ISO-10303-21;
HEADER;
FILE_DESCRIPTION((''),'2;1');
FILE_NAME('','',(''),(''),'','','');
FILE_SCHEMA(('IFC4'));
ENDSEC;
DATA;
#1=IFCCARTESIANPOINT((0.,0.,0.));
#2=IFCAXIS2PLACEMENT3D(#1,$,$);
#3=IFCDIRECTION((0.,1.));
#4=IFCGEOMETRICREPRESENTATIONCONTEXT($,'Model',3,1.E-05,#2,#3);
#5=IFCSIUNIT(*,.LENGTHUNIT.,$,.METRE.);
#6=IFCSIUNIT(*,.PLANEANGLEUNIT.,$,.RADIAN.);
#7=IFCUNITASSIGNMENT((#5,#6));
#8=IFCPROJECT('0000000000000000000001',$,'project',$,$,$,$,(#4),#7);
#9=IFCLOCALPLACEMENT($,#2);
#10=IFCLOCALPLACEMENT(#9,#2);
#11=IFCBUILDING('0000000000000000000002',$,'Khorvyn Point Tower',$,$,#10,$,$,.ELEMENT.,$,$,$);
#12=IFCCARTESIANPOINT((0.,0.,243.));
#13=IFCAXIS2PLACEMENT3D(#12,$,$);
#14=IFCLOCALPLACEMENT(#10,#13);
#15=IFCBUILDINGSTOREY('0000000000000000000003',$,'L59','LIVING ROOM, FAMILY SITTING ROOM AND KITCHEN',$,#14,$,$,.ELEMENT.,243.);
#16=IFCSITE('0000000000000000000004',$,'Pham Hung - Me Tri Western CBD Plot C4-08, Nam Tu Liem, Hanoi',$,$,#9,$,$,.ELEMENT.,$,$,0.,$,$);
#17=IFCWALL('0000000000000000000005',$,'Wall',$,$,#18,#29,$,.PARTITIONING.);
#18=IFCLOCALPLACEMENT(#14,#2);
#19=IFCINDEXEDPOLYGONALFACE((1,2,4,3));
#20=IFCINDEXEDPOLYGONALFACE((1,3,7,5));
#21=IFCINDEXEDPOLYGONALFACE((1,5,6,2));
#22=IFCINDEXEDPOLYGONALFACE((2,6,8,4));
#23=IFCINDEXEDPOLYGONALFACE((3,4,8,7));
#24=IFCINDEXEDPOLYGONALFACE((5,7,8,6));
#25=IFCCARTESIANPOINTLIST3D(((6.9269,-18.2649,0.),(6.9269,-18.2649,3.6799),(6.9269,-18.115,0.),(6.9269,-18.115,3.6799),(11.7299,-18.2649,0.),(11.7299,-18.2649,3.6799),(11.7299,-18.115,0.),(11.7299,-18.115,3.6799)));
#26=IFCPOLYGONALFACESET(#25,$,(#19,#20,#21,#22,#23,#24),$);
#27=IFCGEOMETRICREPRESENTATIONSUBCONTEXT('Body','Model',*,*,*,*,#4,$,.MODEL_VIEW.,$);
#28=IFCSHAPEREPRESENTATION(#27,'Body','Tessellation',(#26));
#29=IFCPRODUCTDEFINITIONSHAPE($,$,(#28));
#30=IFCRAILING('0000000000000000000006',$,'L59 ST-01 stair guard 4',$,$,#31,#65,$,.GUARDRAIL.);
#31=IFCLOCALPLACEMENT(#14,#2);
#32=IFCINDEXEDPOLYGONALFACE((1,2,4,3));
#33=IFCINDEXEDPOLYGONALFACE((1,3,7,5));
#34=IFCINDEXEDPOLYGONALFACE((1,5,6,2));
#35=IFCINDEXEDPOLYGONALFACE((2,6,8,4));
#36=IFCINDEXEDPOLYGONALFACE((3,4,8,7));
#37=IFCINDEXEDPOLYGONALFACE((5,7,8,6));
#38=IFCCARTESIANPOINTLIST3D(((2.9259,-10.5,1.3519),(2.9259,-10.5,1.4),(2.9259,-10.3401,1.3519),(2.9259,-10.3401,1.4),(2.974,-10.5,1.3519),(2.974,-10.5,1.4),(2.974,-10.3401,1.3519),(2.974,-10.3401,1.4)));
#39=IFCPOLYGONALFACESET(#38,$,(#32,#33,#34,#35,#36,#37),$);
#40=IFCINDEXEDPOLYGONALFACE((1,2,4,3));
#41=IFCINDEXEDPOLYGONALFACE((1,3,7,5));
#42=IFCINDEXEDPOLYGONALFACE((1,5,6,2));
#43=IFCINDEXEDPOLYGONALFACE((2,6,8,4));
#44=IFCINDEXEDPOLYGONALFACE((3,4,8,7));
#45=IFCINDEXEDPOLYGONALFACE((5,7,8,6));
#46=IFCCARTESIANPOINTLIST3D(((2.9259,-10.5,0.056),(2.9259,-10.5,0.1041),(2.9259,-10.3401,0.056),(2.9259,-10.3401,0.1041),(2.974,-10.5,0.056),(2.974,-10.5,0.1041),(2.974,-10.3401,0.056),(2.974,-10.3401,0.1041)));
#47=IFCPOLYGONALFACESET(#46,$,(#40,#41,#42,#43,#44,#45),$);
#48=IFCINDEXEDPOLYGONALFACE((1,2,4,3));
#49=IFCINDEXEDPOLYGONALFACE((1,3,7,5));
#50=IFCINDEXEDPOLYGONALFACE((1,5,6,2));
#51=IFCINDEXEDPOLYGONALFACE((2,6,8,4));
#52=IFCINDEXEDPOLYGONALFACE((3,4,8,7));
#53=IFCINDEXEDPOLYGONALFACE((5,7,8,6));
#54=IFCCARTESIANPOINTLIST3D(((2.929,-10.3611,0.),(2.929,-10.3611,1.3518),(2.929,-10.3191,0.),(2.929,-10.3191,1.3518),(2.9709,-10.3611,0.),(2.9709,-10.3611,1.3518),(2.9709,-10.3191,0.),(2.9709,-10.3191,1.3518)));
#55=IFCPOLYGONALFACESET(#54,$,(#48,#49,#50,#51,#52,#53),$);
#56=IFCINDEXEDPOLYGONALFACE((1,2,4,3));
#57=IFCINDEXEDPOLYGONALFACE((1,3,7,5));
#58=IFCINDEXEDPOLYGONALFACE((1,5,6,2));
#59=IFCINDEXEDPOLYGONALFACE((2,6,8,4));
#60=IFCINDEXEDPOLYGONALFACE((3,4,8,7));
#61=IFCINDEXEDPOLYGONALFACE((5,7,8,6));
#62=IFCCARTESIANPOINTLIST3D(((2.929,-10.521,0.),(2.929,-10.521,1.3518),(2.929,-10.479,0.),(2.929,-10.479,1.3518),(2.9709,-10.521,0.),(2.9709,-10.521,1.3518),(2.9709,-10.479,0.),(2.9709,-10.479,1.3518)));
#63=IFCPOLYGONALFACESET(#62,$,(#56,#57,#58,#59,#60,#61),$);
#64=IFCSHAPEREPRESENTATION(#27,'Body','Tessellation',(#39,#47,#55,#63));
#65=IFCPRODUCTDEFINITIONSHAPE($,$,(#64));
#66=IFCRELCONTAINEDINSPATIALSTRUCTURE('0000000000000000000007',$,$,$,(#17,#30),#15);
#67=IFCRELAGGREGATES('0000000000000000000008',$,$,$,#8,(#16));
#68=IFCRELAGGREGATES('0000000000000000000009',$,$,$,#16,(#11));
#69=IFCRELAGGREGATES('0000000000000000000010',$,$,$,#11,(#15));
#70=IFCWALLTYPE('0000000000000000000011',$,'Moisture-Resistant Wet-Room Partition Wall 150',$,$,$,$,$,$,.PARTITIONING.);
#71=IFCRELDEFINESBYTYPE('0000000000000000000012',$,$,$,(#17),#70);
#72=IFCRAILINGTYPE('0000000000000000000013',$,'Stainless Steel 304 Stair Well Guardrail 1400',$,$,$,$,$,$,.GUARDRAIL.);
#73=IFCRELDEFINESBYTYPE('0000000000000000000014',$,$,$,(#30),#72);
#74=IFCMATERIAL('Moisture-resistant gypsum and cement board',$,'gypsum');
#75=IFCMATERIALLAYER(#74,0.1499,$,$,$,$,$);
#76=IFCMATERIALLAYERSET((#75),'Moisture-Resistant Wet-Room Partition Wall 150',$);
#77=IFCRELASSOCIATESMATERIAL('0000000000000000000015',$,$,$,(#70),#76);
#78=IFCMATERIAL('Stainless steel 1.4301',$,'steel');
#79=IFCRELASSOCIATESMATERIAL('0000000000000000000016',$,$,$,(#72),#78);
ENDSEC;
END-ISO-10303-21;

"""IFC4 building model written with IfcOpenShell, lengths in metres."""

from ifc_helpers import new_model, si_unit, direction, frame, frame_2d, origin, origin_2d, place, context, subcontext, project, spatial, rectangle, extrude, material, layer, layer_set, type_object, element, save


model = new_model("IFC4")

# Units and contexts
model_context = context("Model", 3, precision=1e-05, world=origin(), true_north=direction((0.0, 1.0)))
body_context = subcontext(model_context, "Body", "Model", "MODEL_VIEW")
ifc_project = project(units=[si_unit("LENGTHUNIT", "METRE"), si_unit("PLANEANGLEUNIT", "RADIAN")], contexts=[model_context])

# Site, building, storey
site_placement = place(None, origin())
site = spatial("IfcSite", under=ifc_project, at=site_placement, Name="Pham Hung - Me Tri Western CBD Plot C4-08, Nam Tu Liem, Hanoi", CompositionType="ELEMENT", RefElevation=0.0)
building_placement = place(site_placement, origin())
building = spatial("IfcBuilding", under=site, at=building_placement, Name="Khorvyn Point Tower", CompositionType="ELEMENT")
storey_placement = place(building_placement, frame((0.0, 0.0, 243.0)))
storey = spatial("IfcBuildingStorey", under=building, at=storey_placement, Name="L59", Description="LIVING ROOM, FAMILY SITTING ROOM AND KITCHEN", CompositionType="ELEMENT", Elevation=243.0)

# Shared definitions
ifc_material_1 = material(Name="Moisture-resistant gypsum and cement board", Category="gypsum")
ifc_layer_1 = layer(ifc_material_1, 0.1499)
ifc_layer_set_1 = layer_set([ifc_layer_1], Name="Moisture-Resistant Wet-Room Partition Wall 150")
wall_type_1 = type_object("IfcWallType", Name="Moisture-Resistant Wet-Room Partition Wall 150", PredefinedType="PARTITIONING", material=ifc_layer_set_1)

# Wall
wall_1_placement = place(storey_placement, frame((6.927, -18.1899, 0.0), z_axis=(0.0, 0.0, 1.0), x_axis=(1.0, 0.0, 0.0)))
element("IfcWall", 1, at=wall_1_placement, inside=storey, type_object=wall_type_1, Name="Wall", PredefinedType="PARTITIONING", context=body_context, shape_type="SweptSolid", body=[
    extrude(rectangle(XDim=4.803, YDim=0.1499, at=frame_2d((2.4014, 0.0))), origin(), (0.0, 0.0, 1.0), 3.6799),
])

# Railing
ifc_material_2 = material(Name="Stainless steel 1.4301", Category="steel")
railing_type = type_object("IfcRailingType", Name="Stainless Steel 304 Stair Well Guardrail 1400", PredefinedType="GUARDRAIL", material=ifc_material_2)
railing_placement = place(storey_placement, frame((2.95, -10.3401, 0.0)))
element("IfcRailing", 2, at=railing_placement, inside=storey, type_object=railing_type, Name="L59 ST-01 stair guard 4", PredefinedType="GUARDRAIL", context=body_context, shape_type="SweptSolid", body=[
    extrude(rectangle(XDim=0.0481, YDim=0.0481, at=origin_2d()), frame((0.0, 0.0, 1.376), z_axis=(0.0, -1.0, 0.0), x_axis=(1.0, 0.0, 0.0)), (0.0, 0.0, 1.0), 0.1599),
    extrude(rectangle(XDim=0.0481, YDim=0.0481, at=origin_2d()), frame((0.0, 0.0, 0.0801), z_axis=(0.0, -1.0, 0.0), x_axis=(1.0, 0.0, 0.0)), (0.0, 0.0, 1.0), 0.1599),
    extrude(rectangle(XDim=0.042, YDim=0.042, at=origin_2d()), origin(), (0.0, 0.0, 1.0), 1.3518),
    extrude(rectangle(XDim=0.042, YDim=0.042, at=origin_2d()), frame((0.0, -0.1599, 0.0)), (0.0, 0.0, 1.0), 1.3518),
])

save(model, "model.ifc")
